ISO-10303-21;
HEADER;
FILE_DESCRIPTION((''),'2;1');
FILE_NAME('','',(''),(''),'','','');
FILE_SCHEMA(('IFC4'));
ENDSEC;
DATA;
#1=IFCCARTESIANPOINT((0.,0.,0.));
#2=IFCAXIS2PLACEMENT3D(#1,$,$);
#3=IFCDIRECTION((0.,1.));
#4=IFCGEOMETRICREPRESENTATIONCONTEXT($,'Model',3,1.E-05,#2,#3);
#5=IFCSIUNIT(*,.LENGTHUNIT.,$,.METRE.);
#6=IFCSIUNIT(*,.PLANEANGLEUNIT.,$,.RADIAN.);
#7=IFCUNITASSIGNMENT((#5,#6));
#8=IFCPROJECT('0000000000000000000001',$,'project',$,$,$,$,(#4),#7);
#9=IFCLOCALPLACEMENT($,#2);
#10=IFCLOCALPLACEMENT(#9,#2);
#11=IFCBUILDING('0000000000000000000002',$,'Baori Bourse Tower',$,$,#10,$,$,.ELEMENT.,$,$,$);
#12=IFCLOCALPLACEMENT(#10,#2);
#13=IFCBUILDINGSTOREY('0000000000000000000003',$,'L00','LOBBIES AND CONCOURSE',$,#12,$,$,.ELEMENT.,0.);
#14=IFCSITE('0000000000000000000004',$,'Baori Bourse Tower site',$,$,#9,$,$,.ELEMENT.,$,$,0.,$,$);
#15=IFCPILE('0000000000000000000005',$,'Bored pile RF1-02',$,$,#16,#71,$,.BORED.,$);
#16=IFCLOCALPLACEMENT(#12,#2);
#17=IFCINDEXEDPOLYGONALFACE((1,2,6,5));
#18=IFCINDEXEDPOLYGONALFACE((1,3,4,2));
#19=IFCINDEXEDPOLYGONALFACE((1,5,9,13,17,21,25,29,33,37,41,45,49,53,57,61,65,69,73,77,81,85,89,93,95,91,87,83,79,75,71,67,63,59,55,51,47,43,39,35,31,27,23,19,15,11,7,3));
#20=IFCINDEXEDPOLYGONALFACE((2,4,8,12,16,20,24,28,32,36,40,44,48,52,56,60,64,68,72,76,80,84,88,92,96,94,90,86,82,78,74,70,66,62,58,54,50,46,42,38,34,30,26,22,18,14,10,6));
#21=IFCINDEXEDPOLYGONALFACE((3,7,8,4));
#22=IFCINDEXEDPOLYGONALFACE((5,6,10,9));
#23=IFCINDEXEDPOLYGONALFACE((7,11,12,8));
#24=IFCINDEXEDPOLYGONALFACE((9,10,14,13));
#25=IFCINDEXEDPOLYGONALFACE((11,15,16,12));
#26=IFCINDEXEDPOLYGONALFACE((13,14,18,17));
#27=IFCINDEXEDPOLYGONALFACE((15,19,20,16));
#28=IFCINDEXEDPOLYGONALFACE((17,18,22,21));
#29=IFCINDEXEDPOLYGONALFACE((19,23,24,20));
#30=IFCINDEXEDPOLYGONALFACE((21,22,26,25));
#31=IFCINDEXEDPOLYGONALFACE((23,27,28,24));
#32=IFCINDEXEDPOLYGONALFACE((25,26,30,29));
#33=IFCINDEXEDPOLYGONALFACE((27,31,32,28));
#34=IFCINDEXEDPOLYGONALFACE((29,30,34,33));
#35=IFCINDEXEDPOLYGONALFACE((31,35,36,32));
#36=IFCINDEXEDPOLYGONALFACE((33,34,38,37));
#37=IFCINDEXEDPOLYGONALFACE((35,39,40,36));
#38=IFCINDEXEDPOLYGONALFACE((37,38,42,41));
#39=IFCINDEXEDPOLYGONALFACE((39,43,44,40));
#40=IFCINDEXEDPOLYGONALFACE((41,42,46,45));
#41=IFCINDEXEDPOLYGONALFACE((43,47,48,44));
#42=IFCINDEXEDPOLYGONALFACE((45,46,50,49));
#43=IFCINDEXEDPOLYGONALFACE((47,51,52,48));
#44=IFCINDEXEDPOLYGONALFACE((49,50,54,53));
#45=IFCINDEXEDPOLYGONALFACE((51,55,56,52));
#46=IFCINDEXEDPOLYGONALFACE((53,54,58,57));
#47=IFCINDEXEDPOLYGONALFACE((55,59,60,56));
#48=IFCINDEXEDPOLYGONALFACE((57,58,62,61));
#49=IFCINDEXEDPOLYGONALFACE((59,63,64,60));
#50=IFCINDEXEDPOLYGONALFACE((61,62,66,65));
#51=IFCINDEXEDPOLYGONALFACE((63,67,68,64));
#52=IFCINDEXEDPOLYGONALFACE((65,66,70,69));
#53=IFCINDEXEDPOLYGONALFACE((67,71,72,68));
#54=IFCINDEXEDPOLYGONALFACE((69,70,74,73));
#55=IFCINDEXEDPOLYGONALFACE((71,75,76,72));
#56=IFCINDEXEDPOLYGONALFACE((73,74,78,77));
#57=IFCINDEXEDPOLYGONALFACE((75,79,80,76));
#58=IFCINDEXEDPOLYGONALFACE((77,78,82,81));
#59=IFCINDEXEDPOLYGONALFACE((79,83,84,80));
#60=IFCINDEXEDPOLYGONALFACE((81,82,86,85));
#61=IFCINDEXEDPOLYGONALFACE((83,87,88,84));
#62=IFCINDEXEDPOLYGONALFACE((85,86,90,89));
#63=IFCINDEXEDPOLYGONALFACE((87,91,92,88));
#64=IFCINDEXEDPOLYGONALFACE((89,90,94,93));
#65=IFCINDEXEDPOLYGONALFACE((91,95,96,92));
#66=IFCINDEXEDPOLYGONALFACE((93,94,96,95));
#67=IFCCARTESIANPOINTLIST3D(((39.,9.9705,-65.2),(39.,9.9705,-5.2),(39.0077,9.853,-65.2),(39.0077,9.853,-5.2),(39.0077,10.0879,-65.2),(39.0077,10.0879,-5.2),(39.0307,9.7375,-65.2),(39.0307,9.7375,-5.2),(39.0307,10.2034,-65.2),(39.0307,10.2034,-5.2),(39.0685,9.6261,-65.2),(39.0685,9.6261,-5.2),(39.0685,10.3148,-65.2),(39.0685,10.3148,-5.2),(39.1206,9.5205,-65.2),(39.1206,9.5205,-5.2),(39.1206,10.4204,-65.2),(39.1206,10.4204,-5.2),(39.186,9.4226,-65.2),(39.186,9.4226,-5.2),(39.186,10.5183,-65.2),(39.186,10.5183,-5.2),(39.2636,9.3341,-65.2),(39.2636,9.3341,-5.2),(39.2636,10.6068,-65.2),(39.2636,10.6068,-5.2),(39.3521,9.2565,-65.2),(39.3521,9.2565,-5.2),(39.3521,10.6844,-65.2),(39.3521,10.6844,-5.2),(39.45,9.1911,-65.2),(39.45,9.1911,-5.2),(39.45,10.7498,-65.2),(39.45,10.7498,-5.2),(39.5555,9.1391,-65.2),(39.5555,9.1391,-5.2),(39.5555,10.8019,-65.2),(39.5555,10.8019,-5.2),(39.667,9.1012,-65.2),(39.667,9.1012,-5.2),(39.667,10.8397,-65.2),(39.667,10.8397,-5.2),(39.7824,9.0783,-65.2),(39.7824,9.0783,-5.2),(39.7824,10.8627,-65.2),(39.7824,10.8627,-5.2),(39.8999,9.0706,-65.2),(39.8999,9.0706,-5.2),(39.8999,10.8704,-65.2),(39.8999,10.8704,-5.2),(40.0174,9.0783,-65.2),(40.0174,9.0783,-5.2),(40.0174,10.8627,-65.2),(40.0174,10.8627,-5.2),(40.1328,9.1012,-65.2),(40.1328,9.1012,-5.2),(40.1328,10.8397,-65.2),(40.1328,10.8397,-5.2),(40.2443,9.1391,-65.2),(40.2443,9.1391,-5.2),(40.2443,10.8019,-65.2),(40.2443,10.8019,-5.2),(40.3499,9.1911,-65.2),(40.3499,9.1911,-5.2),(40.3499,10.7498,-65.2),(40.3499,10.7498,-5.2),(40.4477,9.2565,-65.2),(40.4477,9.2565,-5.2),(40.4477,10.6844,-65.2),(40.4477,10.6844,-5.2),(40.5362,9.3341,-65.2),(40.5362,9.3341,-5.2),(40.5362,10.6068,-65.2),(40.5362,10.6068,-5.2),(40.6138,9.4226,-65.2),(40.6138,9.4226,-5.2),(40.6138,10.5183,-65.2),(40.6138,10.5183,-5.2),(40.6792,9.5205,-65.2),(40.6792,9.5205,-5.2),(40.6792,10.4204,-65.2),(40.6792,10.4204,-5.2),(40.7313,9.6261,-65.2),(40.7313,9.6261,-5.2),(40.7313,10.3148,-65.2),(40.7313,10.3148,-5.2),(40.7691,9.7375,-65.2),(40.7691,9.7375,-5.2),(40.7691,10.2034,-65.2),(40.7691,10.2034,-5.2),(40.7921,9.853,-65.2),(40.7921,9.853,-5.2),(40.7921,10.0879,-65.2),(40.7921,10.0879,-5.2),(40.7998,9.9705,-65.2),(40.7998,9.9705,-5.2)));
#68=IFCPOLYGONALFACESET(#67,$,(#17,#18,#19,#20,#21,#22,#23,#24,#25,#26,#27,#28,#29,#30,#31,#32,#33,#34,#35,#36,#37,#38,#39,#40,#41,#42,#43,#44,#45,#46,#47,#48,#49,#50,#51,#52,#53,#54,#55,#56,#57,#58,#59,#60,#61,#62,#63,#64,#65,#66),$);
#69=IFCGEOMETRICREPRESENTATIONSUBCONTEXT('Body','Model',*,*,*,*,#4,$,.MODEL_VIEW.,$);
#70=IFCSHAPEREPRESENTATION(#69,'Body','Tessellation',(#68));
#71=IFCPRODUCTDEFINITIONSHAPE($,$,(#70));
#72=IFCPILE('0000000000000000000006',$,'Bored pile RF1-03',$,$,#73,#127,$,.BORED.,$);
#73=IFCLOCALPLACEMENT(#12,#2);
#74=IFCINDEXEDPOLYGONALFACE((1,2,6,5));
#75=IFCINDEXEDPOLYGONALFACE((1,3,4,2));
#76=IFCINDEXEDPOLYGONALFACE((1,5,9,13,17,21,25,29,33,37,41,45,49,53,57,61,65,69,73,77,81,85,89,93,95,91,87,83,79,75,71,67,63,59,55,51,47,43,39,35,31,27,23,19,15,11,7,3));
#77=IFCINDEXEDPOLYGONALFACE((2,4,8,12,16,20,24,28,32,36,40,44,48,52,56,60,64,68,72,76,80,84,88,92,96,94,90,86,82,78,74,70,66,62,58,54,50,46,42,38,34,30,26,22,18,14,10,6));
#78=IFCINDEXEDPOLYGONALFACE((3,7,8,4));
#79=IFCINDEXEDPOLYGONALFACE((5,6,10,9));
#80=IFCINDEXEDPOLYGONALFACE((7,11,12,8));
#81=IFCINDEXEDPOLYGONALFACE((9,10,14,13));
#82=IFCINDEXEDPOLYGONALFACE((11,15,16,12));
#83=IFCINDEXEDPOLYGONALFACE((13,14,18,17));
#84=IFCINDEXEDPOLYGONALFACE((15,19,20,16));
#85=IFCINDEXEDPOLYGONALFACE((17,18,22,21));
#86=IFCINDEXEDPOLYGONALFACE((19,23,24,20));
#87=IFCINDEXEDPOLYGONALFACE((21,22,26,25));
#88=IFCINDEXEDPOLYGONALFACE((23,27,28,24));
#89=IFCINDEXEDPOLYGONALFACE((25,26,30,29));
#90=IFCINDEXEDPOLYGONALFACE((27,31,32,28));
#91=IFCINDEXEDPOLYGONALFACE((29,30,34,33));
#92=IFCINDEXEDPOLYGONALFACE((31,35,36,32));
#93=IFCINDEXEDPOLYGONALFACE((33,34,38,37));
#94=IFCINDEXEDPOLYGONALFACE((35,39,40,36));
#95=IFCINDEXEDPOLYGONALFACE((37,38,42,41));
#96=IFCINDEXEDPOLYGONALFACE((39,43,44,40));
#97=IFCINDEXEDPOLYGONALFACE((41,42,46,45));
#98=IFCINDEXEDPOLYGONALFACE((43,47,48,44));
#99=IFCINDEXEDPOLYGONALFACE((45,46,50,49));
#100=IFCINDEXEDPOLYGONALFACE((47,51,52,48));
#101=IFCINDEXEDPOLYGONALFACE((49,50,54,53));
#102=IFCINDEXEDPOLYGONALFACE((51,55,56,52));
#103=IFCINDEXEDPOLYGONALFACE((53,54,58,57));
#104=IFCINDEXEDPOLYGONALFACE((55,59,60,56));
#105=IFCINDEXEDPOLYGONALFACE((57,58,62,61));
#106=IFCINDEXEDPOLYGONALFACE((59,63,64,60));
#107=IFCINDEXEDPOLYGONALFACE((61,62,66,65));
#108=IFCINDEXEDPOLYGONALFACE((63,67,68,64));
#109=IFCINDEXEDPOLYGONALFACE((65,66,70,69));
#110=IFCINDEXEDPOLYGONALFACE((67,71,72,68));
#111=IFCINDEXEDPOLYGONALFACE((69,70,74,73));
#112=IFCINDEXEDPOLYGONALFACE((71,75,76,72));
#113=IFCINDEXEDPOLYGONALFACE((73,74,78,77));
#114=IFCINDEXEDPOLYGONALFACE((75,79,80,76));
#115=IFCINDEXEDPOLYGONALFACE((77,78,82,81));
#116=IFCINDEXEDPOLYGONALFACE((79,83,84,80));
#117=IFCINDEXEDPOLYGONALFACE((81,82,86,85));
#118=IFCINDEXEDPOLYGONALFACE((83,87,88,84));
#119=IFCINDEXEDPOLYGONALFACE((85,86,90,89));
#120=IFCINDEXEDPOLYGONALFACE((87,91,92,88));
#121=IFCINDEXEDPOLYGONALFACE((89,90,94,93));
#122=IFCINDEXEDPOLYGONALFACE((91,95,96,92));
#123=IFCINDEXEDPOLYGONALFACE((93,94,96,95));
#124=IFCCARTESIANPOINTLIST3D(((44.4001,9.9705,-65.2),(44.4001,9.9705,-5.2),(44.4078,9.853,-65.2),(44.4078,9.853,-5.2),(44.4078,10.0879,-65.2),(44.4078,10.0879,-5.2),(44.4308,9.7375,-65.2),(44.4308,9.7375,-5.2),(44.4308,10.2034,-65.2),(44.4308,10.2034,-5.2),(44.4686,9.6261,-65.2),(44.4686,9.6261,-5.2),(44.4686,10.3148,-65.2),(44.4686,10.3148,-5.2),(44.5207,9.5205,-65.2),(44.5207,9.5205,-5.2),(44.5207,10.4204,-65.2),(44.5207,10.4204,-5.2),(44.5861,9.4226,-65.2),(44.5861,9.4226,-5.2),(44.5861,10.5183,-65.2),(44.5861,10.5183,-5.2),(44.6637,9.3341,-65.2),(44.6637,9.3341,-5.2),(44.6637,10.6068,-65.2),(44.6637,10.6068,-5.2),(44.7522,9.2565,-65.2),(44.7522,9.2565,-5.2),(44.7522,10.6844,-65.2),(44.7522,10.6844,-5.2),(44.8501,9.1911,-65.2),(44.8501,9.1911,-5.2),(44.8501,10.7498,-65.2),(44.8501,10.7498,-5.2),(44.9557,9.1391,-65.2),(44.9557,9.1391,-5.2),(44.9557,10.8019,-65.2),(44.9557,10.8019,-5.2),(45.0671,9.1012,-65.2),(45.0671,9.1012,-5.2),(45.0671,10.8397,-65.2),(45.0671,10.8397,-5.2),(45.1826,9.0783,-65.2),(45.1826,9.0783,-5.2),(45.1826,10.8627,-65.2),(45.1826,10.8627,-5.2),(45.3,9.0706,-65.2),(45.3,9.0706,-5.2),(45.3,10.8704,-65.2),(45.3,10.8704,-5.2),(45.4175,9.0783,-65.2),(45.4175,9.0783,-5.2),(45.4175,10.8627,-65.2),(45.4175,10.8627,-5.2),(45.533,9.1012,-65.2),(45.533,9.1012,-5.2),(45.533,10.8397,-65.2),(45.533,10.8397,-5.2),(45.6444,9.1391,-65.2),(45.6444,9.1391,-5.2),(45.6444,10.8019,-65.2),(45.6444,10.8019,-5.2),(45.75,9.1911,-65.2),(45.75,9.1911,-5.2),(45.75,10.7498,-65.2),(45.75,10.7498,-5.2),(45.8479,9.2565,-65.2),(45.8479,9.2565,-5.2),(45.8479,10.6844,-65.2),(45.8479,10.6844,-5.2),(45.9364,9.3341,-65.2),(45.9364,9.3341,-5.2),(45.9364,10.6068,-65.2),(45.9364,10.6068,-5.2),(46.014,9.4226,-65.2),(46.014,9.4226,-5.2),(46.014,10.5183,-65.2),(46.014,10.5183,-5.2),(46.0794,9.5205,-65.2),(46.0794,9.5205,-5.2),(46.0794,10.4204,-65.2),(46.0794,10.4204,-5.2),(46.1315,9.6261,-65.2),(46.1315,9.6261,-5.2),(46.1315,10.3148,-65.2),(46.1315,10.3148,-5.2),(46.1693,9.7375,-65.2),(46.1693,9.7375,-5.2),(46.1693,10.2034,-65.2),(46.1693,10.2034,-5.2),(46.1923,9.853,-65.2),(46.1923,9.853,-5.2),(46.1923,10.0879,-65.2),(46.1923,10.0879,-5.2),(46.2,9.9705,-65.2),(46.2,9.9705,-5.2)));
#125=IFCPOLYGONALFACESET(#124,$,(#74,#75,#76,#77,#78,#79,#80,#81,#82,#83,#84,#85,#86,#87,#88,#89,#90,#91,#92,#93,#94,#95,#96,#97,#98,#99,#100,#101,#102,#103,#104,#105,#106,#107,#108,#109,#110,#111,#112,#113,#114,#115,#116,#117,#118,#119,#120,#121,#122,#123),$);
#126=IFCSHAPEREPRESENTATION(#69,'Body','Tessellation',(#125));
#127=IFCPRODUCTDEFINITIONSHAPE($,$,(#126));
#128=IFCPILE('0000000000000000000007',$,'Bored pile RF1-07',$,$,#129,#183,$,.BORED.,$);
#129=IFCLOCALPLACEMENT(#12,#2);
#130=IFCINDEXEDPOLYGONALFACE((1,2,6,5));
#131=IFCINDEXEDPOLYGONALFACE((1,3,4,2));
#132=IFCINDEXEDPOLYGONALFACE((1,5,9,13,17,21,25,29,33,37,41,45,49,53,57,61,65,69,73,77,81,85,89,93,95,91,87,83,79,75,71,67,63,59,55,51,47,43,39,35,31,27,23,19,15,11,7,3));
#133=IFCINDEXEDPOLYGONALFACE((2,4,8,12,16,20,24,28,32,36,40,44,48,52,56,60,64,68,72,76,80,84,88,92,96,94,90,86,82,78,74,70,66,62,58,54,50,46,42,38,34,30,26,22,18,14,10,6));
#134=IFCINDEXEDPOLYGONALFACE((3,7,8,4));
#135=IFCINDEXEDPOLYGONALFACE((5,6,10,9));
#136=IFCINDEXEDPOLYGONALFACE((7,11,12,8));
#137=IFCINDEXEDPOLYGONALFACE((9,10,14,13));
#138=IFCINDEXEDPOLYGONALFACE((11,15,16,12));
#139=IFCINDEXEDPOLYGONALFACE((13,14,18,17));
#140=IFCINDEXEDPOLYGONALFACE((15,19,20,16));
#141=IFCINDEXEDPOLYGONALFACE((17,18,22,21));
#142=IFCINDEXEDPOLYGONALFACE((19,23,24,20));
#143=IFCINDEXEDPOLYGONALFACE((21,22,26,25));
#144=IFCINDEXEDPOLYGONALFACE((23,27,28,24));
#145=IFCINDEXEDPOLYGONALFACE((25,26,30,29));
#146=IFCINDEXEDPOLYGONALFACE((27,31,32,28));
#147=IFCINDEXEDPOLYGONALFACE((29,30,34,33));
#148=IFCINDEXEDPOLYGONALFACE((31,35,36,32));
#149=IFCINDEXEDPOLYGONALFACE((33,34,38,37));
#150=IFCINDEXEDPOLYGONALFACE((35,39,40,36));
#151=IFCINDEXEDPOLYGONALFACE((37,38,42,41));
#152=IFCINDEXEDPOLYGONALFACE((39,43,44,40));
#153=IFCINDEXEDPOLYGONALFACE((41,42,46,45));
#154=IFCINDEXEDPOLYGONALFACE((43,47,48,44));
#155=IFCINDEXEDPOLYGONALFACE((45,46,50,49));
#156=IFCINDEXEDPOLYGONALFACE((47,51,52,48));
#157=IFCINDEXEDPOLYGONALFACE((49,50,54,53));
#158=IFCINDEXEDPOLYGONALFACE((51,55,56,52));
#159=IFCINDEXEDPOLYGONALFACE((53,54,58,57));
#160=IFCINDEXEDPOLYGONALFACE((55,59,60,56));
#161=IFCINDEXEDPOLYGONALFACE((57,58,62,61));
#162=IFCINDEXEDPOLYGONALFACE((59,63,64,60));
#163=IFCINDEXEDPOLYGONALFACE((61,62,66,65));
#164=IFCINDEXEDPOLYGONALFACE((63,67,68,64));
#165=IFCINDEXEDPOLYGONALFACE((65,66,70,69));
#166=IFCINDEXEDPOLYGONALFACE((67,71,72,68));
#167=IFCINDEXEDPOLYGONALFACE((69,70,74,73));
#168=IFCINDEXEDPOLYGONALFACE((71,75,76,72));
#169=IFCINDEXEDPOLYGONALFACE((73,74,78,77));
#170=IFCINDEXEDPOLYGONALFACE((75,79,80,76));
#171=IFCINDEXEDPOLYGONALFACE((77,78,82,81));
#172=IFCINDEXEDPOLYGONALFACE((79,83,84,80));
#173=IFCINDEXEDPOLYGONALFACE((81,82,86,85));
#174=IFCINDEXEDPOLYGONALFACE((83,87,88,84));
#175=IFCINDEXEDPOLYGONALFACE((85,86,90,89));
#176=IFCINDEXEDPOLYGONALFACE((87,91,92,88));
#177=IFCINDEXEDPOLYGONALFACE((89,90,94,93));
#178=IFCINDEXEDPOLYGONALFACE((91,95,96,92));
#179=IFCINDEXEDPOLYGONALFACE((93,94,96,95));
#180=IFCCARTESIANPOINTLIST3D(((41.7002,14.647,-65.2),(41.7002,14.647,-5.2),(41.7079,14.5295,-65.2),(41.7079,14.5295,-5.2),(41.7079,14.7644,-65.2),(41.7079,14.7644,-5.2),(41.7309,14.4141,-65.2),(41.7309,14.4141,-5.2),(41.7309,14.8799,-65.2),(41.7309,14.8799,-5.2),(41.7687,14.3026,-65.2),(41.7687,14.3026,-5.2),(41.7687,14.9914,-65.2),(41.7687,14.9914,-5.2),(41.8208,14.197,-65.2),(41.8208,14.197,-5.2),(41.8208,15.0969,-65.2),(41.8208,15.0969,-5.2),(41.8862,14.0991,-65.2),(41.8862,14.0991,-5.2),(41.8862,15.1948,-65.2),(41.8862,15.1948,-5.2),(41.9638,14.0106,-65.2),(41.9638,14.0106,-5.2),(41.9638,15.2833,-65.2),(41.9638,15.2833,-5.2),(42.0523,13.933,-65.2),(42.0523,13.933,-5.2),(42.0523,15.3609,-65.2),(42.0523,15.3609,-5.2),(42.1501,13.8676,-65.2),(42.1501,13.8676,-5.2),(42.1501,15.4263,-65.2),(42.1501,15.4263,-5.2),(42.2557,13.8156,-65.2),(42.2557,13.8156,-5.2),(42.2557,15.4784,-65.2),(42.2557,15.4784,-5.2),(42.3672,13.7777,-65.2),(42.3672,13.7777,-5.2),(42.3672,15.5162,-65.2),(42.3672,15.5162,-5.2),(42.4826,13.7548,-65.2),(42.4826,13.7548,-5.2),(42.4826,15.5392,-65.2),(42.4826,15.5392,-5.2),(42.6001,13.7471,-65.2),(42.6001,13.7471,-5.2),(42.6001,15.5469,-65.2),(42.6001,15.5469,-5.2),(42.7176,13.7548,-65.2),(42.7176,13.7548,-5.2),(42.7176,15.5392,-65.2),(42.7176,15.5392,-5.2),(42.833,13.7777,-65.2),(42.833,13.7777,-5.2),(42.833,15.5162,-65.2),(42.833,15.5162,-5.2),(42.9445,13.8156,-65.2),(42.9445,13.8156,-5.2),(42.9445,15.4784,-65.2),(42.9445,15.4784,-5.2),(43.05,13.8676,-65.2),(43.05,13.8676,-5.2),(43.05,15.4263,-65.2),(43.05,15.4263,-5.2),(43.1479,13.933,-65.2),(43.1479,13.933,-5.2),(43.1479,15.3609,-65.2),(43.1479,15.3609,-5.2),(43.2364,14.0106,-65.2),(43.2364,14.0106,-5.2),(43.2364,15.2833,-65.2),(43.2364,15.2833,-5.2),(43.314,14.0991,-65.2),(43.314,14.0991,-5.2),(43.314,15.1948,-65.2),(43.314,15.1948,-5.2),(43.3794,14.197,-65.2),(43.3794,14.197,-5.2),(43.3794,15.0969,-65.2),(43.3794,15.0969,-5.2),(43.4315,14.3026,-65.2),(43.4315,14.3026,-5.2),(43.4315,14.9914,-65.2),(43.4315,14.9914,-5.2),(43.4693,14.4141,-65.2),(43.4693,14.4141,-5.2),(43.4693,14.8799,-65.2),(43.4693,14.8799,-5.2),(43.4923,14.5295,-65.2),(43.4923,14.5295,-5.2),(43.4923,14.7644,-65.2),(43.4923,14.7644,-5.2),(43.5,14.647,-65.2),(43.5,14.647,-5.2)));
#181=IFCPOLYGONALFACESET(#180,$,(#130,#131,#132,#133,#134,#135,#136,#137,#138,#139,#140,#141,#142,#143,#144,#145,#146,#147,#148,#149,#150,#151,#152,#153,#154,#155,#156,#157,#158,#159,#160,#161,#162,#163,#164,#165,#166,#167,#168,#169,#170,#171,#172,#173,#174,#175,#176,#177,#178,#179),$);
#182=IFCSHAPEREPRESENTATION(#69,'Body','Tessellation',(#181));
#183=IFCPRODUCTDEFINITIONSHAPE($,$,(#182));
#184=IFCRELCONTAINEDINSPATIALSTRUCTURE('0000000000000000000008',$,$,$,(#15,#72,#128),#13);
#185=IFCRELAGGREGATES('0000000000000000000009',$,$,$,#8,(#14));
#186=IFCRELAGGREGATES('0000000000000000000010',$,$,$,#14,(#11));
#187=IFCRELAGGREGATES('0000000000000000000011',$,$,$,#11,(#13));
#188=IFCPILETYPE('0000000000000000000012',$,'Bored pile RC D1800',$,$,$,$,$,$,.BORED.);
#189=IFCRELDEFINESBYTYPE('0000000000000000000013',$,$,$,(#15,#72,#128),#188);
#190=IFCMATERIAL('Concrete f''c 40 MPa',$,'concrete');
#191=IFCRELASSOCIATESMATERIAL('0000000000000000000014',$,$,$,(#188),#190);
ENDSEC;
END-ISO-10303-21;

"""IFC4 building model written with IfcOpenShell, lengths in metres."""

from ifc_helpers import new_model, si_unit, direction, frame, origin, origin_2d, place, context, subcontext, project, spatial, circle, extrude, material, material_profile, profile_set, type_object, element, save


model = new_model("IFC4")

# Units and contexts
model_context = context("Model", 3, precision=1e-05, world=origin(), true_north=direction((0.0, 1.0)))
body_context = subcontext(model_context, "Body", "Model", "MODEL_VIEW")
ifc_project = project(units=[si_unit("LENGTHUNIT", "METRE"), si_unit("PLANEANGLEUNIT", "RADIAN")], contexts=[model_context])

# Site, building, storey
site_placement = place(None, origin())
site = spatial("IfcSite", under=ifc_project, at=site_placement, Name="Baori Bourse Tower site", CompositionType="ELEMENT", RefElevation=0.0)
building_placement = place(site_placement, origin())
building = spatial("IfcBuilding", under=site, at=building_placement, Name="Baori Bourse Tower", CompositionType="ELEMENT")
storey_placement = place(building_placement, origin())
storey = spatial("IfcBuildingStorey", under=building, at=storey_placement, Name="L00", Description="LOBBIES AND CONCOURSE", CompositionType="ELEMENT", Elevation=0.0)

# Piles
ifc_material_1 = material(Name="Concrete f'c 40 MPa", Category="concrete")
ifc_material_profile_1 = material_profile(ifc_material_1, circle(Radius=0.8999, at=origin_2d()), Name="RC D1800")
ifc_profile_set_1 = profile_set([ifc_material_profile_1], Name="Concrete f'c 40 MPa")
pile_type = type_object("IfcPileType", Name="Bored pile RC D1800", PredefinedType="BORED", material=ifc_profile_set_1)
for number, where, z_axis, x_axis, name in (
    (1, (39.8999, 9.9705, -5.2), (0.0, 0.0, -1.0), (1.0, 0.0, 0.0), "Bored pile RF1-02"),
    (2, (45.3, 9.9705, -5.2), (0.0, 0.0, -1.0), (1.0, 0.0, 0.0), "Bored pile RF1-03"),
    (3, (42.6001, 14.647, -5.2), (0.0, 0.0, -1.0), (1.0, 0.0, 0.0), "Bored pile RF1-07"),
):
    element("IfcPile", number, at=place(storey_placement, frame(where, z_axis=z_axis, x_axis=x_axis)), inside=storey, type_object=pile_type, Name=name, PredefinedType="BORED", context=body_context, shape_type="SweptSolid", body=[
        extrude(circle(Radius=0.8999, at=origin_2d()), origin(), (0.0, 0.0, 1.0), 60.0),
    ])

save(model, "model.ifc")
